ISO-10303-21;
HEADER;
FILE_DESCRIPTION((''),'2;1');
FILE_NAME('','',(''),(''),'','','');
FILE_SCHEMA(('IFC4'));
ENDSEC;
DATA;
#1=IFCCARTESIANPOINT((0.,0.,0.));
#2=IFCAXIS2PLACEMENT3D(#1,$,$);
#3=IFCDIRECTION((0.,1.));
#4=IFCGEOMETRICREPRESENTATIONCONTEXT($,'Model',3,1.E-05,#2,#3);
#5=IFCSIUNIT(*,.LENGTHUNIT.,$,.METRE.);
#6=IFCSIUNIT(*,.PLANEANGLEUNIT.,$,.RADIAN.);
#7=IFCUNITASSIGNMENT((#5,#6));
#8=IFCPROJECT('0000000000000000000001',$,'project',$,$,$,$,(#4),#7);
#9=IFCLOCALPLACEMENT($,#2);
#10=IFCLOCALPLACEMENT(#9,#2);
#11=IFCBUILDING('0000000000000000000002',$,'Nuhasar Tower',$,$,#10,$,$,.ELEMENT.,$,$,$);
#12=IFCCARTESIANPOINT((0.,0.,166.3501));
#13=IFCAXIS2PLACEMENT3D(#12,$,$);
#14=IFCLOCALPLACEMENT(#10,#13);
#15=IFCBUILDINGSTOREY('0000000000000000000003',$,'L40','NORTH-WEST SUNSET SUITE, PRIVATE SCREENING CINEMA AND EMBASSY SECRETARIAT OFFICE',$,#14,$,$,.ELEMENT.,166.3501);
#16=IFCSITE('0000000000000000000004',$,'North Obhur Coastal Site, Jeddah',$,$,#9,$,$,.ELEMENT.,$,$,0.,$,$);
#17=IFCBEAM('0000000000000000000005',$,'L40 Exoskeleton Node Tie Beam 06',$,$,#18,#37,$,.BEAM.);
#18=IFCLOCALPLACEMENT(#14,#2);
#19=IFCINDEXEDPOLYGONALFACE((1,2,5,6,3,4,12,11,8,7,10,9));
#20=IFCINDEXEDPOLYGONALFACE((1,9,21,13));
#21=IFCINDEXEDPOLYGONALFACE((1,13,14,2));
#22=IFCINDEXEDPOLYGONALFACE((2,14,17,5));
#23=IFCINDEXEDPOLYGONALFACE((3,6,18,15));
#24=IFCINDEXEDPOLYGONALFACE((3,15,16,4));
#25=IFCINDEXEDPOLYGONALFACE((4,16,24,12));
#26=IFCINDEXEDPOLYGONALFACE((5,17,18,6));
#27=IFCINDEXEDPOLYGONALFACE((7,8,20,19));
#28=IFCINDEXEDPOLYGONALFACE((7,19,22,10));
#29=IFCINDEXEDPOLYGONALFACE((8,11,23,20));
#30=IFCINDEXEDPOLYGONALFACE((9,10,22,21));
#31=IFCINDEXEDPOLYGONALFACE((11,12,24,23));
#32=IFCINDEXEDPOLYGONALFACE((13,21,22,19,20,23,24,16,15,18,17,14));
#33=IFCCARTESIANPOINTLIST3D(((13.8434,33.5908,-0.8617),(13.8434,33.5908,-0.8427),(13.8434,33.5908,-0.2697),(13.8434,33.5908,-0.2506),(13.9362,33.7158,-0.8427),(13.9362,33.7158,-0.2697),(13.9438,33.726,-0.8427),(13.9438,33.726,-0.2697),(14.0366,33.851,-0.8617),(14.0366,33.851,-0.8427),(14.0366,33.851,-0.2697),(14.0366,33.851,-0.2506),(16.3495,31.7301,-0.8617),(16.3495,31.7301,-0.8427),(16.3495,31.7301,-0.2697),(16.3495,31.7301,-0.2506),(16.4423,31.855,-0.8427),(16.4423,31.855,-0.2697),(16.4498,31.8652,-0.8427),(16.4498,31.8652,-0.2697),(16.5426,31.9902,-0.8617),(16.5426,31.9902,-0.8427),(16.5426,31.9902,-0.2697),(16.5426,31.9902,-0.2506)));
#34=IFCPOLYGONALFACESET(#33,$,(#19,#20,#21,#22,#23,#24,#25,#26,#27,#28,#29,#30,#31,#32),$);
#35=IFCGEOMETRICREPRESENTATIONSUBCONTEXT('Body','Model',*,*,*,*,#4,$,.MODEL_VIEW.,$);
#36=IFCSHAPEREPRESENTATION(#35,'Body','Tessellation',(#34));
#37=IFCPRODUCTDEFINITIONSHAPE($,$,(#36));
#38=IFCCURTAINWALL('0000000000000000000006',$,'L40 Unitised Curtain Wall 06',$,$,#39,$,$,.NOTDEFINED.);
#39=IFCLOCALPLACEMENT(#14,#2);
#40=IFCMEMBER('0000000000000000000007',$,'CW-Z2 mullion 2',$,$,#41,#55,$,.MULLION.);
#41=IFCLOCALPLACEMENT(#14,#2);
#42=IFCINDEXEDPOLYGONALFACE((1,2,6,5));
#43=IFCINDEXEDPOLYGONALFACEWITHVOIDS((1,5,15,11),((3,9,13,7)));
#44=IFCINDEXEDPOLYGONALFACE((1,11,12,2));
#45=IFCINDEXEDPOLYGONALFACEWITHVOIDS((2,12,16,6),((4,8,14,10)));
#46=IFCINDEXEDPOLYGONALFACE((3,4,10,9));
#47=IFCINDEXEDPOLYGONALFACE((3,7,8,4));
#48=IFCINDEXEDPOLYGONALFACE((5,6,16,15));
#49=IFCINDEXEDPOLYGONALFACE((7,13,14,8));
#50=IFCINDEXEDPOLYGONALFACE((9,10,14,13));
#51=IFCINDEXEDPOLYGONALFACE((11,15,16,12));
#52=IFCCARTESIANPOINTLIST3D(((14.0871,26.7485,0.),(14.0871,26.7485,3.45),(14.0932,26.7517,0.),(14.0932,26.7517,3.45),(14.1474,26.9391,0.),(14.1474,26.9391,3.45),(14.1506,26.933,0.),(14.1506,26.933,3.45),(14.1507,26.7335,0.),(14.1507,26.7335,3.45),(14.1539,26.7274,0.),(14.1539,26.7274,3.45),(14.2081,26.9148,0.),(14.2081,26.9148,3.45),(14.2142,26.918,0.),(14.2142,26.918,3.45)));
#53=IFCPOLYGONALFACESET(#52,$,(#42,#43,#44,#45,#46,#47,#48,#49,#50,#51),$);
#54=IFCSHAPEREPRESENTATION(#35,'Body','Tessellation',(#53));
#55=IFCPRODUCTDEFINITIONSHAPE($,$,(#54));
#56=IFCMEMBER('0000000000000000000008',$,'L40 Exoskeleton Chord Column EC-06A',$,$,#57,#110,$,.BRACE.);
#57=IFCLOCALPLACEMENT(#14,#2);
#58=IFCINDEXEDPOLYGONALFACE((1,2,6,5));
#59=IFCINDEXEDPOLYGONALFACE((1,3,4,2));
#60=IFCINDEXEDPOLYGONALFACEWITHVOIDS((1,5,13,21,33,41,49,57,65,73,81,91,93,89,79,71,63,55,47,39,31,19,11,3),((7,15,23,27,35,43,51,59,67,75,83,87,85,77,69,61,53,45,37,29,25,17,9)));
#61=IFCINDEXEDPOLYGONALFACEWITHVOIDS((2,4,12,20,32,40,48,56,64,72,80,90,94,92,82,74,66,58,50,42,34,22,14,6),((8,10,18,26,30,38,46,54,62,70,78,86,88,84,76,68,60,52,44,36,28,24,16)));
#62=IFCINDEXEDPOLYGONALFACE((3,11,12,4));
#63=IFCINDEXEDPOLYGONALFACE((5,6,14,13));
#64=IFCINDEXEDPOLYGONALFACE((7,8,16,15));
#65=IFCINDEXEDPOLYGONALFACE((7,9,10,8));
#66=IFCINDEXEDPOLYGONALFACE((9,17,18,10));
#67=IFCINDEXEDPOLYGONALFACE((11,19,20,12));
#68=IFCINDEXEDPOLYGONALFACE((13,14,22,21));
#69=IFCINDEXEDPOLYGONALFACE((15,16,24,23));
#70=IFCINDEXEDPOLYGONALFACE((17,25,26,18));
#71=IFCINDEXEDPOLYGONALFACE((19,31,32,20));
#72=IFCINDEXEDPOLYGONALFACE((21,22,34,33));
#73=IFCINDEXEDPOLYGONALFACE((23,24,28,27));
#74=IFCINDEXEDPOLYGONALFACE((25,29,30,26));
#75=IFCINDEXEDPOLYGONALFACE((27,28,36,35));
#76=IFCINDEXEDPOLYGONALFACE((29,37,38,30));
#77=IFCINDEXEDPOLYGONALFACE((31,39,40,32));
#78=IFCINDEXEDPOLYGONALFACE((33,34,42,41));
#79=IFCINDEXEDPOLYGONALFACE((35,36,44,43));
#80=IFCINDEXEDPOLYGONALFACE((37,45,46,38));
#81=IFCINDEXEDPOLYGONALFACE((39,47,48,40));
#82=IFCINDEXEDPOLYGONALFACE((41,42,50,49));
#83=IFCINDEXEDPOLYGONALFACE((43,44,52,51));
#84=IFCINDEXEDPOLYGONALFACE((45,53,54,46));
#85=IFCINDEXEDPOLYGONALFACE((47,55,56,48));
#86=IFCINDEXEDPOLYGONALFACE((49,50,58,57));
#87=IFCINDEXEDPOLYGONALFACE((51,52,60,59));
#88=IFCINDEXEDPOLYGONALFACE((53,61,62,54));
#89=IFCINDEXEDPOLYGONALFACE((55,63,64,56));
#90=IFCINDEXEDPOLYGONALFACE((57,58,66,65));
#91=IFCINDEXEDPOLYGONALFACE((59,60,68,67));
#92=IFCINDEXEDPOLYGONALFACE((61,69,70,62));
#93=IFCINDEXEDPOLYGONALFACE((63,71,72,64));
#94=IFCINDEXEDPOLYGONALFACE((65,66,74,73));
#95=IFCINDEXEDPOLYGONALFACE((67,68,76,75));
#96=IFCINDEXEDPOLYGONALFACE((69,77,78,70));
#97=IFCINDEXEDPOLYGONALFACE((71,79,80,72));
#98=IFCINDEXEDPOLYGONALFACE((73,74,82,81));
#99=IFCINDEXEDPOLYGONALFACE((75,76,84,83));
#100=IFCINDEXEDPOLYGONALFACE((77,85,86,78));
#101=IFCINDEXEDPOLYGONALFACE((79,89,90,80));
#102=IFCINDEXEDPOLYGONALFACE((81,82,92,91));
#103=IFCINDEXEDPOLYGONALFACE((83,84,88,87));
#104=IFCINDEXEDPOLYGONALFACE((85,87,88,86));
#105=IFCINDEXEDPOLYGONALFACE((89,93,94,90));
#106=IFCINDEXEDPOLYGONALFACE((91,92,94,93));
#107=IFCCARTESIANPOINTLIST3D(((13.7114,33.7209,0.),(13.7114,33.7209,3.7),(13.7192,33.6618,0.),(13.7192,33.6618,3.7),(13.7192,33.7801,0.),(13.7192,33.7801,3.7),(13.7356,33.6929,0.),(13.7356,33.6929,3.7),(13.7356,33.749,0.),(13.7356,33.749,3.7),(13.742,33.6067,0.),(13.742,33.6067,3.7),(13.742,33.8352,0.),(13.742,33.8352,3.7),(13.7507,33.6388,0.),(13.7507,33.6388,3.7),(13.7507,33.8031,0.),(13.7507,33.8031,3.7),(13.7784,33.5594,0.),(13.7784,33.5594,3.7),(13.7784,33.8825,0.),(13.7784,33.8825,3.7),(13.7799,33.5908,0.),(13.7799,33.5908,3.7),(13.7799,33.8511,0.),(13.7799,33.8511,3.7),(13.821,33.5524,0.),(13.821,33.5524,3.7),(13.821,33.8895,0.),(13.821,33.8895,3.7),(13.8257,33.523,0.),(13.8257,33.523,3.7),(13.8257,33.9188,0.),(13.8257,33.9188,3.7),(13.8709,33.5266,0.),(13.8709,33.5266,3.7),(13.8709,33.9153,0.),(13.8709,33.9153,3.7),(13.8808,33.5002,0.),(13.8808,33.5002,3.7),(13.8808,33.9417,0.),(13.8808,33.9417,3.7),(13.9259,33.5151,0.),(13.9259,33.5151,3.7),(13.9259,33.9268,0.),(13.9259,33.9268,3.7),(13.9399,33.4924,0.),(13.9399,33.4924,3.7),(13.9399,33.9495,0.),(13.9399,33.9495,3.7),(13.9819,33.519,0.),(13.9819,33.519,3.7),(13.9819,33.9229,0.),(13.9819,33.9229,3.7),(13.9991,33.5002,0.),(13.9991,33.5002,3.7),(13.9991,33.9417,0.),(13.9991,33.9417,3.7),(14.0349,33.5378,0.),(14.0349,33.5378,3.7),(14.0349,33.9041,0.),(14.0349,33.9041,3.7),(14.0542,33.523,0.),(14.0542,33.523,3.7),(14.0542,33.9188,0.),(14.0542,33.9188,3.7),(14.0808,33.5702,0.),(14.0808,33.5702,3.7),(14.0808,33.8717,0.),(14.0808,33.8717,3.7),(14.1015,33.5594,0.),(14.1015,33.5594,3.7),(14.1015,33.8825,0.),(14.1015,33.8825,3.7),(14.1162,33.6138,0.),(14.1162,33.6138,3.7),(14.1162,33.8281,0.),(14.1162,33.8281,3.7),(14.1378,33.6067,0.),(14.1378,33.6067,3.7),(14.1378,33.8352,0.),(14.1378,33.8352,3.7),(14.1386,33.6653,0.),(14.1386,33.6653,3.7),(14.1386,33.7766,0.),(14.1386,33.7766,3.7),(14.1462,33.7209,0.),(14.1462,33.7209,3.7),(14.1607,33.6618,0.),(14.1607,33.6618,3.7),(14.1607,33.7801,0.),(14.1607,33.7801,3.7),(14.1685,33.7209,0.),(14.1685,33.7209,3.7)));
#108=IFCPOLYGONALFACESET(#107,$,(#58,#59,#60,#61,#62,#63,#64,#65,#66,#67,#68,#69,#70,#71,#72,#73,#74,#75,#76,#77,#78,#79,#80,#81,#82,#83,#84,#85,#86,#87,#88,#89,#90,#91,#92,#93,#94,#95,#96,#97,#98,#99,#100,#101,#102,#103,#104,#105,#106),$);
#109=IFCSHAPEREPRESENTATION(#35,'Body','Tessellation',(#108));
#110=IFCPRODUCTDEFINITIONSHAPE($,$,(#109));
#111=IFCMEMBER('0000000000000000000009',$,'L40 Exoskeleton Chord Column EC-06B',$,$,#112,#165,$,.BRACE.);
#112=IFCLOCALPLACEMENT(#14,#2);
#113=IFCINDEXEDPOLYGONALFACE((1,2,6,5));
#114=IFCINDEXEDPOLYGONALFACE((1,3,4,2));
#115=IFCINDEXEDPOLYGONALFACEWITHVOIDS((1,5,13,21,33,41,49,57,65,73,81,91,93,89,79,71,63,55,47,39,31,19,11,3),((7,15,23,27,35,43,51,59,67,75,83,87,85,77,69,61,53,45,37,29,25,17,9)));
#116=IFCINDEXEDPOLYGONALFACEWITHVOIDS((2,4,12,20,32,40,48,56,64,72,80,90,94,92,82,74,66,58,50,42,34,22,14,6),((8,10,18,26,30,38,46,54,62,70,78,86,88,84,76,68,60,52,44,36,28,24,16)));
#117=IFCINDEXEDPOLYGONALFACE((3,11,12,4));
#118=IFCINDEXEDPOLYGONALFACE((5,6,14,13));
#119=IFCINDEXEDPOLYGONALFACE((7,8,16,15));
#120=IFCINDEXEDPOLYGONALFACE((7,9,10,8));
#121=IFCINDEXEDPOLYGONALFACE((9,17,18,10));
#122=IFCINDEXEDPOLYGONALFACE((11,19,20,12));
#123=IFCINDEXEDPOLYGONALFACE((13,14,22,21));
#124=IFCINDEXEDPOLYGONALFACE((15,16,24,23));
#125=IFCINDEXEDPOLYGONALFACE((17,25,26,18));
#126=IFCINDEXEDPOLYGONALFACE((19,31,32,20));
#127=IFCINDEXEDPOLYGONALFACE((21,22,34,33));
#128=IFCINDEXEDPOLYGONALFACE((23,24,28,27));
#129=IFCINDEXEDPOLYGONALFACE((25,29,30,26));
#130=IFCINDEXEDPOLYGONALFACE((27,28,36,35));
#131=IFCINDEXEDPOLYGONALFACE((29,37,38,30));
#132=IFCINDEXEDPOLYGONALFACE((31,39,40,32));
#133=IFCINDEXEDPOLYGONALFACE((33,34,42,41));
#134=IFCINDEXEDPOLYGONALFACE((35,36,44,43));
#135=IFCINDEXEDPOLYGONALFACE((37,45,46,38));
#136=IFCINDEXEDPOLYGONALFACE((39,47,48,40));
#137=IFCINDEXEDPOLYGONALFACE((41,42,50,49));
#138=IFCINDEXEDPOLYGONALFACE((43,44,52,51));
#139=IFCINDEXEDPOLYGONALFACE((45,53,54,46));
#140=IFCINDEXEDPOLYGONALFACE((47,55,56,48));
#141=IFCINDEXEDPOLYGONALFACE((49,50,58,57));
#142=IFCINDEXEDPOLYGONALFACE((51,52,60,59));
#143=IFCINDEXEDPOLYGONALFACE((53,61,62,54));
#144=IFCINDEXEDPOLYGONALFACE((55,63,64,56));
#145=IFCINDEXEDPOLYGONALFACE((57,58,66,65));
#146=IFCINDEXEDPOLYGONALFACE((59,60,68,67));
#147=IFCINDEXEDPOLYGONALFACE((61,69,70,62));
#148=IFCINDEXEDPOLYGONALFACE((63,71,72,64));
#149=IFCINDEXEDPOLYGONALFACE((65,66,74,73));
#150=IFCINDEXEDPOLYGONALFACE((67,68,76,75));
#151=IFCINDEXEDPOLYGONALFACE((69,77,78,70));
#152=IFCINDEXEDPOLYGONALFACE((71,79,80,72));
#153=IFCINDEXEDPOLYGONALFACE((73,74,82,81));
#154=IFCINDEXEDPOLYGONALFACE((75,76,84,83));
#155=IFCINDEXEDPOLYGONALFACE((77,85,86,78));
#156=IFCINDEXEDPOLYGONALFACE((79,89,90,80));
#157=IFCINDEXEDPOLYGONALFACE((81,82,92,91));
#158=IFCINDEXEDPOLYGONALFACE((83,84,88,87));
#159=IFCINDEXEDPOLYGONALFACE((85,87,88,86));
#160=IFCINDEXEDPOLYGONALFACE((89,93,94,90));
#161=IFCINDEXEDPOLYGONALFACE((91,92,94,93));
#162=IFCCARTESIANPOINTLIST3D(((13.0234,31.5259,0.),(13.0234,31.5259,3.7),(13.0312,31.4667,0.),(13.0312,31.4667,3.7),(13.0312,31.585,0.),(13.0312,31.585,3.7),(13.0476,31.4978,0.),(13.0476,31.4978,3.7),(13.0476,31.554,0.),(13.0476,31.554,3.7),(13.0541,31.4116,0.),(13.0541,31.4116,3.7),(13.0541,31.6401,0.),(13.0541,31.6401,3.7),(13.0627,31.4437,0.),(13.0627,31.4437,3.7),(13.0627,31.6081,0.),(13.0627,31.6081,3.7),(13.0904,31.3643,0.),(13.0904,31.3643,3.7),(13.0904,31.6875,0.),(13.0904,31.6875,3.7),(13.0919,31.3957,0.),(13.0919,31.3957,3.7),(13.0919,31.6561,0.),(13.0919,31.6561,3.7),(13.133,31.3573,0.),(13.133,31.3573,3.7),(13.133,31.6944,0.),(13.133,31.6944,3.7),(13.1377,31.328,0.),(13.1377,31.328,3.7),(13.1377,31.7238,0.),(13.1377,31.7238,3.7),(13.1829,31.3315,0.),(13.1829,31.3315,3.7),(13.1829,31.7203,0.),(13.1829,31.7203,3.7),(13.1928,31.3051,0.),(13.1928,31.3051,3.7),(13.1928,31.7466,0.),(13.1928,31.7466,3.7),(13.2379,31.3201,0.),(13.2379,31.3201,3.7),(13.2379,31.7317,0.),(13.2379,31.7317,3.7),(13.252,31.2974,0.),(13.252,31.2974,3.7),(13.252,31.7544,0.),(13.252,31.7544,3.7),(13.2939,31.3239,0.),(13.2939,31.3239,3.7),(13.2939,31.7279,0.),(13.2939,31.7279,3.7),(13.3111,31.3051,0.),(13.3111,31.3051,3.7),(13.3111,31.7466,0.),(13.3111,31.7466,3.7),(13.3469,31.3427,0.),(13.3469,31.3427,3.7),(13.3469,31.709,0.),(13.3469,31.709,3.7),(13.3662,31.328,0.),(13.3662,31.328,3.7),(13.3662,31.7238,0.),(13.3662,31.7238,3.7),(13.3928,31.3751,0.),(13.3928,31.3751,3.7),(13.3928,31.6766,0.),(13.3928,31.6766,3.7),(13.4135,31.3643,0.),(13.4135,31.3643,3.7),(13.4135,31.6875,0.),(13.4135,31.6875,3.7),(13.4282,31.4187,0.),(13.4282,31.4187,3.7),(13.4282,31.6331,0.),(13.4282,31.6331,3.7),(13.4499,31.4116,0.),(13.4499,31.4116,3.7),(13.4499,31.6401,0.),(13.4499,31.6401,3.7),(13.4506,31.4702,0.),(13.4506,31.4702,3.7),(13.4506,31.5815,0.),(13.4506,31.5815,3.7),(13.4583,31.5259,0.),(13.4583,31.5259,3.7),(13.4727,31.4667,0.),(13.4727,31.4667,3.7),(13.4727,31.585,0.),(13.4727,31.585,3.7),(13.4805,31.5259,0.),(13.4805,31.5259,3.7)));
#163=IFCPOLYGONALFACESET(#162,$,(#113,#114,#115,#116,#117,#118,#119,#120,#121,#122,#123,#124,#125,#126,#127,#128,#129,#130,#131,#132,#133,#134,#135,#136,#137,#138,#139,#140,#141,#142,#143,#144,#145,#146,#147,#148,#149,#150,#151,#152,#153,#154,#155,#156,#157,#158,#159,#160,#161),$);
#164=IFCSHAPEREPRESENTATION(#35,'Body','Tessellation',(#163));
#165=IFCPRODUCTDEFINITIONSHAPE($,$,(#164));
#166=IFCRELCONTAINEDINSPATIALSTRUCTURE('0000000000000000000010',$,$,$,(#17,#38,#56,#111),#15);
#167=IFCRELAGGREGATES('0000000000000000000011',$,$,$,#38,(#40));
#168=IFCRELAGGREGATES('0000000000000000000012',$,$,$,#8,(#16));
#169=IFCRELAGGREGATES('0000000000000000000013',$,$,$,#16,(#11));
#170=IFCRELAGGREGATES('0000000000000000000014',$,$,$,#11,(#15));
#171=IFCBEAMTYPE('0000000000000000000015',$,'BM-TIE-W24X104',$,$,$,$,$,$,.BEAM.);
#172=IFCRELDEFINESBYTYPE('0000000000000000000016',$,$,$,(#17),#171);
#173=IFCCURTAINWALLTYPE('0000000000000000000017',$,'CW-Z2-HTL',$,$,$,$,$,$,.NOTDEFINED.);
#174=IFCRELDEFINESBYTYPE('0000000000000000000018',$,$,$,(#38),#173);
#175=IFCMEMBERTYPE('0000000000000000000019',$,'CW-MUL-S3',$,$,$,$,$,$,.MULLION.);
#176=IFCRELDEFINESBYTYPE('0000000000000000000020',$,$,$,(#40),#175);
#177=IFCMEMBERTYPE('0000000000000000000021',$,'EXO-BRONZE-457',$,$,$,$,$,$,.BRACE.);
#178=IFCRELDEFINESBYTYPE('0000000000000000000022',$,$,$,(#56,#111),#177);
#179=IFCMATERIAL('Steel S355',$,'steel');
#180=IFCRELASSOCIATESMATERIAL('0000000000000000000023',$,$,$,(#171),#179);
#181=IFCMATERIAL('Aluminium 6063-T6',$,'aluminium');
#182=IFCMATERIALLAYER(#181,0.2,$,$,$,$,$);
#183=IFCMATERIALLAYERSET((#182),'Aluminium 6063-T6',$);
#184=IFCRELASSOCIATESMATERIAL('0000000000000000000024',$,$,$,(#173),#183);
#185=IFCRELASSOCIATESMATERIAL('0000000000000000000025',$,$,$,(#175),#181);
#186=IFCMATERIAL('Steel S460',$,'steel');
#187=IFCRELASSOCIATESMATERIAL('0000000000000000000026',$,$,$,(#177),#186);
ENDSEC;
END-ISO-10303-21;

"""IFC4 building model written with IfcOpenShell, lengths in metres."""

from ifc_helpers import new_model, si_unit, direction, frame, origin, origin_2d, place, context, subcontext, project, spatial, hollow_rectangle, hollow_circle, i_section, extrude, material, layer, layer_set, material_profile, profile_set, type_object, element, aggregate, save


model = new_model("IFC4")

# Units and contexts
model_context = context("Model", 3, precision=1e-05, world=origin(), true_north=direction((0.0, 1.0)))
body_context = subcontext(model_context, "Body", "Model", "MODEL_VIEW")
ifc_project = project(units=[si_unit("LENGTHUNIT", "METRE"), si_unit("PLANEANGLEUNIT", "RADIAN")], contexts=[model_context])

# Site, building, storey
site_placement = place(None, origin())
site = spatial("IfcSite", under=ifc_project, at=site_placement, Name="North Obhur Coastal Site, Jeddah", CompositionType="ELEMENT", RefElevation=0.0)
building_placement = place(site_placement, origin())
building = spatial("IfcBuilding", under=site, at=building_placement, Name="Nuhasar Tower", CompositionType="ELEMENT")
storey_placement = place(building_placement, frame((0.0, 0.0, 166.3501)))
storey = spatial("IfcBuildingStorey", under=building, at=storey_placement, Name="L40", Description="NORTH-WEST SUNSET SUITE, PRIVATE SCREENING CINEMA AND EMBASSY SECRETARIAT OFFICE", CompositionType="ELEMENT", Elevation=166.3501)

# Beam
ifc_material_1 = material(Name="Steel S355", Category="steel")
ifc_material_profile_1 = material_profile(ifc_material_1, i_section(OverallWidth=0.324, OverallDepth=0.6111, WebThickness=0.0127, FlangeThickness=0.019, at=origin_2d()), Name="W24X104")
ifc_profile_set_1 = profile_set([ifc_material_profile_1], Name="Steel S355")
beam_type_1 = type_object("IfcBeamType", Name="BM-TIE-W24X104", PredefinedType="BEAM", material=ifc_profile_set_1)
beam_1_placement = place(storey_placement, frame((16.446, 31.8601, -0.5562), z_axis=(-0.802872, 0.596151, 0.0), x_axis=(-0.596151, -0.802872, 0.0)))
element("IfcBeam", 1, at=beam_1_placement, inside=storey, type_object=beam_type_1, Name="L40 Exoskeleton Node Tie Beam 06", PredefinedType="BEAM", context=body_context, shape_type="SweptSolid", body=[
    extrude(i_section(OverallWidth=0.324, OverallDepth=0.6111, WebThickness=0.0127, FlangeThickness=0.019, at=origin_2d()), origin(), (0.0, 0.0, 1.0), 3.1213),
])

# Curtain wall, member
ifc_material_2 = material(Name="Aluminium 6063-T6", Category="aluminium")
ifc_layer_1 = layer(ifc_material_2, 0.2)
ifc_layer_set_1 = layer_set([ifc_layer_1], Name="Aluminium 6063-T6")
curtain_wall_type = type_object("IfcCurtainWallType", Name="CW-Z2-HTL", PredefinedType="NOTDEFINED", material=ifc_layer_set_1)
curtain_wall_placement = place(storey_placement, origin())
curtain_wall = element("IfcCurtainWall", 2, at=curtain_wall_placement, inside=storey, type_object=curtain_wall_type, Name="L40 Unitised Curtain Wall 06", PredefinedType="NOTDEFINED")
ifc_material_profile_2 = material_profile(ifc_material_2, hollow_rectangle(XDim=0.0701, YDim=0.2, WallThickness=0.0049, at=origin_2d()), Name="CWM-3")
ifc_profile_set_2 = profile_set([ifc_material_profile_2], Name="Aluminium 6063-T6")
member_type_1 = type_object("IfcMemberType", Name="CW-MUL-S3", PredefinedType="MULLION", material=ifc_profile_set_2)
member_1_placement = place(storey_placement, frame((14.1506, 26.8333, 0.0), z_axis=(0.0, 0.0, 1.0), x_axis=(0.953433, -0.301604, 0.0)))
member_1 = element("IfcMember", 3, at=member_1_placement, type_object=member_type_1, Name="CW-Z2 mullion 2", PredefinedType="MULLION", context=body_context, shape_type="SweptSolid", body=[
    extrude(hollow_rectangle(XDim=0.0701, YDim=0.2, WallThickness=0.0049, at=origin_2d()), origin(), (0.0, 0.0, 1.0), 3.45),
])

# Members
ifc_material_3 = material(Name="Steel S460", Category="steel")
ifc_material_profile_3 = material_profile(ifc_material_3, hollow_circle(Radius=0.2285, WallThickness=0.0222, at=origin_2d()), Name="HSS457X22.2")
ifc_profile_set_3 = profile_set([ifc_material_profile_3], Name="Steel S460")
member_type_2 = type_object("IfcMemberType", Name="EXO-BRONZE-457", PredefinedType="BRACE", material=ifc_profile_set_3)
for number, where, z_axis, x_axis, name in (
    (4, (13.9399, 33.7209, 0.0), (0.0, 0.0, 1.0), (1.0, 0.0, 0.0), "L40 Exoskeleton Chord Column EC-06A"),
    (5, (13.252, 31.5259, 0.0), (0.0, 0.0, 1.0), (1.0, 0.0, 0.0), "L40 Exoskeleton Chord Column EC-06B"),
):
    element("IfcMember", number, at=place(storey_placement, frame(where, z_axis=z_axis, x_axis=x_axis)), inside=storey, type_object=member_type_2, Name=name, PredefinedType="BRACE", context=body_context, shape_type="SweptSolid", body=[
        extrude(hollow_circle(Radius=0.2285, WallThickness=0.0222, at=origin_2d()), origin(), (0.0, 0.0, 1.0), 3.7),
    ])

aggregate(curtain_wall, [member_1])

save(model, "model.ifc")
